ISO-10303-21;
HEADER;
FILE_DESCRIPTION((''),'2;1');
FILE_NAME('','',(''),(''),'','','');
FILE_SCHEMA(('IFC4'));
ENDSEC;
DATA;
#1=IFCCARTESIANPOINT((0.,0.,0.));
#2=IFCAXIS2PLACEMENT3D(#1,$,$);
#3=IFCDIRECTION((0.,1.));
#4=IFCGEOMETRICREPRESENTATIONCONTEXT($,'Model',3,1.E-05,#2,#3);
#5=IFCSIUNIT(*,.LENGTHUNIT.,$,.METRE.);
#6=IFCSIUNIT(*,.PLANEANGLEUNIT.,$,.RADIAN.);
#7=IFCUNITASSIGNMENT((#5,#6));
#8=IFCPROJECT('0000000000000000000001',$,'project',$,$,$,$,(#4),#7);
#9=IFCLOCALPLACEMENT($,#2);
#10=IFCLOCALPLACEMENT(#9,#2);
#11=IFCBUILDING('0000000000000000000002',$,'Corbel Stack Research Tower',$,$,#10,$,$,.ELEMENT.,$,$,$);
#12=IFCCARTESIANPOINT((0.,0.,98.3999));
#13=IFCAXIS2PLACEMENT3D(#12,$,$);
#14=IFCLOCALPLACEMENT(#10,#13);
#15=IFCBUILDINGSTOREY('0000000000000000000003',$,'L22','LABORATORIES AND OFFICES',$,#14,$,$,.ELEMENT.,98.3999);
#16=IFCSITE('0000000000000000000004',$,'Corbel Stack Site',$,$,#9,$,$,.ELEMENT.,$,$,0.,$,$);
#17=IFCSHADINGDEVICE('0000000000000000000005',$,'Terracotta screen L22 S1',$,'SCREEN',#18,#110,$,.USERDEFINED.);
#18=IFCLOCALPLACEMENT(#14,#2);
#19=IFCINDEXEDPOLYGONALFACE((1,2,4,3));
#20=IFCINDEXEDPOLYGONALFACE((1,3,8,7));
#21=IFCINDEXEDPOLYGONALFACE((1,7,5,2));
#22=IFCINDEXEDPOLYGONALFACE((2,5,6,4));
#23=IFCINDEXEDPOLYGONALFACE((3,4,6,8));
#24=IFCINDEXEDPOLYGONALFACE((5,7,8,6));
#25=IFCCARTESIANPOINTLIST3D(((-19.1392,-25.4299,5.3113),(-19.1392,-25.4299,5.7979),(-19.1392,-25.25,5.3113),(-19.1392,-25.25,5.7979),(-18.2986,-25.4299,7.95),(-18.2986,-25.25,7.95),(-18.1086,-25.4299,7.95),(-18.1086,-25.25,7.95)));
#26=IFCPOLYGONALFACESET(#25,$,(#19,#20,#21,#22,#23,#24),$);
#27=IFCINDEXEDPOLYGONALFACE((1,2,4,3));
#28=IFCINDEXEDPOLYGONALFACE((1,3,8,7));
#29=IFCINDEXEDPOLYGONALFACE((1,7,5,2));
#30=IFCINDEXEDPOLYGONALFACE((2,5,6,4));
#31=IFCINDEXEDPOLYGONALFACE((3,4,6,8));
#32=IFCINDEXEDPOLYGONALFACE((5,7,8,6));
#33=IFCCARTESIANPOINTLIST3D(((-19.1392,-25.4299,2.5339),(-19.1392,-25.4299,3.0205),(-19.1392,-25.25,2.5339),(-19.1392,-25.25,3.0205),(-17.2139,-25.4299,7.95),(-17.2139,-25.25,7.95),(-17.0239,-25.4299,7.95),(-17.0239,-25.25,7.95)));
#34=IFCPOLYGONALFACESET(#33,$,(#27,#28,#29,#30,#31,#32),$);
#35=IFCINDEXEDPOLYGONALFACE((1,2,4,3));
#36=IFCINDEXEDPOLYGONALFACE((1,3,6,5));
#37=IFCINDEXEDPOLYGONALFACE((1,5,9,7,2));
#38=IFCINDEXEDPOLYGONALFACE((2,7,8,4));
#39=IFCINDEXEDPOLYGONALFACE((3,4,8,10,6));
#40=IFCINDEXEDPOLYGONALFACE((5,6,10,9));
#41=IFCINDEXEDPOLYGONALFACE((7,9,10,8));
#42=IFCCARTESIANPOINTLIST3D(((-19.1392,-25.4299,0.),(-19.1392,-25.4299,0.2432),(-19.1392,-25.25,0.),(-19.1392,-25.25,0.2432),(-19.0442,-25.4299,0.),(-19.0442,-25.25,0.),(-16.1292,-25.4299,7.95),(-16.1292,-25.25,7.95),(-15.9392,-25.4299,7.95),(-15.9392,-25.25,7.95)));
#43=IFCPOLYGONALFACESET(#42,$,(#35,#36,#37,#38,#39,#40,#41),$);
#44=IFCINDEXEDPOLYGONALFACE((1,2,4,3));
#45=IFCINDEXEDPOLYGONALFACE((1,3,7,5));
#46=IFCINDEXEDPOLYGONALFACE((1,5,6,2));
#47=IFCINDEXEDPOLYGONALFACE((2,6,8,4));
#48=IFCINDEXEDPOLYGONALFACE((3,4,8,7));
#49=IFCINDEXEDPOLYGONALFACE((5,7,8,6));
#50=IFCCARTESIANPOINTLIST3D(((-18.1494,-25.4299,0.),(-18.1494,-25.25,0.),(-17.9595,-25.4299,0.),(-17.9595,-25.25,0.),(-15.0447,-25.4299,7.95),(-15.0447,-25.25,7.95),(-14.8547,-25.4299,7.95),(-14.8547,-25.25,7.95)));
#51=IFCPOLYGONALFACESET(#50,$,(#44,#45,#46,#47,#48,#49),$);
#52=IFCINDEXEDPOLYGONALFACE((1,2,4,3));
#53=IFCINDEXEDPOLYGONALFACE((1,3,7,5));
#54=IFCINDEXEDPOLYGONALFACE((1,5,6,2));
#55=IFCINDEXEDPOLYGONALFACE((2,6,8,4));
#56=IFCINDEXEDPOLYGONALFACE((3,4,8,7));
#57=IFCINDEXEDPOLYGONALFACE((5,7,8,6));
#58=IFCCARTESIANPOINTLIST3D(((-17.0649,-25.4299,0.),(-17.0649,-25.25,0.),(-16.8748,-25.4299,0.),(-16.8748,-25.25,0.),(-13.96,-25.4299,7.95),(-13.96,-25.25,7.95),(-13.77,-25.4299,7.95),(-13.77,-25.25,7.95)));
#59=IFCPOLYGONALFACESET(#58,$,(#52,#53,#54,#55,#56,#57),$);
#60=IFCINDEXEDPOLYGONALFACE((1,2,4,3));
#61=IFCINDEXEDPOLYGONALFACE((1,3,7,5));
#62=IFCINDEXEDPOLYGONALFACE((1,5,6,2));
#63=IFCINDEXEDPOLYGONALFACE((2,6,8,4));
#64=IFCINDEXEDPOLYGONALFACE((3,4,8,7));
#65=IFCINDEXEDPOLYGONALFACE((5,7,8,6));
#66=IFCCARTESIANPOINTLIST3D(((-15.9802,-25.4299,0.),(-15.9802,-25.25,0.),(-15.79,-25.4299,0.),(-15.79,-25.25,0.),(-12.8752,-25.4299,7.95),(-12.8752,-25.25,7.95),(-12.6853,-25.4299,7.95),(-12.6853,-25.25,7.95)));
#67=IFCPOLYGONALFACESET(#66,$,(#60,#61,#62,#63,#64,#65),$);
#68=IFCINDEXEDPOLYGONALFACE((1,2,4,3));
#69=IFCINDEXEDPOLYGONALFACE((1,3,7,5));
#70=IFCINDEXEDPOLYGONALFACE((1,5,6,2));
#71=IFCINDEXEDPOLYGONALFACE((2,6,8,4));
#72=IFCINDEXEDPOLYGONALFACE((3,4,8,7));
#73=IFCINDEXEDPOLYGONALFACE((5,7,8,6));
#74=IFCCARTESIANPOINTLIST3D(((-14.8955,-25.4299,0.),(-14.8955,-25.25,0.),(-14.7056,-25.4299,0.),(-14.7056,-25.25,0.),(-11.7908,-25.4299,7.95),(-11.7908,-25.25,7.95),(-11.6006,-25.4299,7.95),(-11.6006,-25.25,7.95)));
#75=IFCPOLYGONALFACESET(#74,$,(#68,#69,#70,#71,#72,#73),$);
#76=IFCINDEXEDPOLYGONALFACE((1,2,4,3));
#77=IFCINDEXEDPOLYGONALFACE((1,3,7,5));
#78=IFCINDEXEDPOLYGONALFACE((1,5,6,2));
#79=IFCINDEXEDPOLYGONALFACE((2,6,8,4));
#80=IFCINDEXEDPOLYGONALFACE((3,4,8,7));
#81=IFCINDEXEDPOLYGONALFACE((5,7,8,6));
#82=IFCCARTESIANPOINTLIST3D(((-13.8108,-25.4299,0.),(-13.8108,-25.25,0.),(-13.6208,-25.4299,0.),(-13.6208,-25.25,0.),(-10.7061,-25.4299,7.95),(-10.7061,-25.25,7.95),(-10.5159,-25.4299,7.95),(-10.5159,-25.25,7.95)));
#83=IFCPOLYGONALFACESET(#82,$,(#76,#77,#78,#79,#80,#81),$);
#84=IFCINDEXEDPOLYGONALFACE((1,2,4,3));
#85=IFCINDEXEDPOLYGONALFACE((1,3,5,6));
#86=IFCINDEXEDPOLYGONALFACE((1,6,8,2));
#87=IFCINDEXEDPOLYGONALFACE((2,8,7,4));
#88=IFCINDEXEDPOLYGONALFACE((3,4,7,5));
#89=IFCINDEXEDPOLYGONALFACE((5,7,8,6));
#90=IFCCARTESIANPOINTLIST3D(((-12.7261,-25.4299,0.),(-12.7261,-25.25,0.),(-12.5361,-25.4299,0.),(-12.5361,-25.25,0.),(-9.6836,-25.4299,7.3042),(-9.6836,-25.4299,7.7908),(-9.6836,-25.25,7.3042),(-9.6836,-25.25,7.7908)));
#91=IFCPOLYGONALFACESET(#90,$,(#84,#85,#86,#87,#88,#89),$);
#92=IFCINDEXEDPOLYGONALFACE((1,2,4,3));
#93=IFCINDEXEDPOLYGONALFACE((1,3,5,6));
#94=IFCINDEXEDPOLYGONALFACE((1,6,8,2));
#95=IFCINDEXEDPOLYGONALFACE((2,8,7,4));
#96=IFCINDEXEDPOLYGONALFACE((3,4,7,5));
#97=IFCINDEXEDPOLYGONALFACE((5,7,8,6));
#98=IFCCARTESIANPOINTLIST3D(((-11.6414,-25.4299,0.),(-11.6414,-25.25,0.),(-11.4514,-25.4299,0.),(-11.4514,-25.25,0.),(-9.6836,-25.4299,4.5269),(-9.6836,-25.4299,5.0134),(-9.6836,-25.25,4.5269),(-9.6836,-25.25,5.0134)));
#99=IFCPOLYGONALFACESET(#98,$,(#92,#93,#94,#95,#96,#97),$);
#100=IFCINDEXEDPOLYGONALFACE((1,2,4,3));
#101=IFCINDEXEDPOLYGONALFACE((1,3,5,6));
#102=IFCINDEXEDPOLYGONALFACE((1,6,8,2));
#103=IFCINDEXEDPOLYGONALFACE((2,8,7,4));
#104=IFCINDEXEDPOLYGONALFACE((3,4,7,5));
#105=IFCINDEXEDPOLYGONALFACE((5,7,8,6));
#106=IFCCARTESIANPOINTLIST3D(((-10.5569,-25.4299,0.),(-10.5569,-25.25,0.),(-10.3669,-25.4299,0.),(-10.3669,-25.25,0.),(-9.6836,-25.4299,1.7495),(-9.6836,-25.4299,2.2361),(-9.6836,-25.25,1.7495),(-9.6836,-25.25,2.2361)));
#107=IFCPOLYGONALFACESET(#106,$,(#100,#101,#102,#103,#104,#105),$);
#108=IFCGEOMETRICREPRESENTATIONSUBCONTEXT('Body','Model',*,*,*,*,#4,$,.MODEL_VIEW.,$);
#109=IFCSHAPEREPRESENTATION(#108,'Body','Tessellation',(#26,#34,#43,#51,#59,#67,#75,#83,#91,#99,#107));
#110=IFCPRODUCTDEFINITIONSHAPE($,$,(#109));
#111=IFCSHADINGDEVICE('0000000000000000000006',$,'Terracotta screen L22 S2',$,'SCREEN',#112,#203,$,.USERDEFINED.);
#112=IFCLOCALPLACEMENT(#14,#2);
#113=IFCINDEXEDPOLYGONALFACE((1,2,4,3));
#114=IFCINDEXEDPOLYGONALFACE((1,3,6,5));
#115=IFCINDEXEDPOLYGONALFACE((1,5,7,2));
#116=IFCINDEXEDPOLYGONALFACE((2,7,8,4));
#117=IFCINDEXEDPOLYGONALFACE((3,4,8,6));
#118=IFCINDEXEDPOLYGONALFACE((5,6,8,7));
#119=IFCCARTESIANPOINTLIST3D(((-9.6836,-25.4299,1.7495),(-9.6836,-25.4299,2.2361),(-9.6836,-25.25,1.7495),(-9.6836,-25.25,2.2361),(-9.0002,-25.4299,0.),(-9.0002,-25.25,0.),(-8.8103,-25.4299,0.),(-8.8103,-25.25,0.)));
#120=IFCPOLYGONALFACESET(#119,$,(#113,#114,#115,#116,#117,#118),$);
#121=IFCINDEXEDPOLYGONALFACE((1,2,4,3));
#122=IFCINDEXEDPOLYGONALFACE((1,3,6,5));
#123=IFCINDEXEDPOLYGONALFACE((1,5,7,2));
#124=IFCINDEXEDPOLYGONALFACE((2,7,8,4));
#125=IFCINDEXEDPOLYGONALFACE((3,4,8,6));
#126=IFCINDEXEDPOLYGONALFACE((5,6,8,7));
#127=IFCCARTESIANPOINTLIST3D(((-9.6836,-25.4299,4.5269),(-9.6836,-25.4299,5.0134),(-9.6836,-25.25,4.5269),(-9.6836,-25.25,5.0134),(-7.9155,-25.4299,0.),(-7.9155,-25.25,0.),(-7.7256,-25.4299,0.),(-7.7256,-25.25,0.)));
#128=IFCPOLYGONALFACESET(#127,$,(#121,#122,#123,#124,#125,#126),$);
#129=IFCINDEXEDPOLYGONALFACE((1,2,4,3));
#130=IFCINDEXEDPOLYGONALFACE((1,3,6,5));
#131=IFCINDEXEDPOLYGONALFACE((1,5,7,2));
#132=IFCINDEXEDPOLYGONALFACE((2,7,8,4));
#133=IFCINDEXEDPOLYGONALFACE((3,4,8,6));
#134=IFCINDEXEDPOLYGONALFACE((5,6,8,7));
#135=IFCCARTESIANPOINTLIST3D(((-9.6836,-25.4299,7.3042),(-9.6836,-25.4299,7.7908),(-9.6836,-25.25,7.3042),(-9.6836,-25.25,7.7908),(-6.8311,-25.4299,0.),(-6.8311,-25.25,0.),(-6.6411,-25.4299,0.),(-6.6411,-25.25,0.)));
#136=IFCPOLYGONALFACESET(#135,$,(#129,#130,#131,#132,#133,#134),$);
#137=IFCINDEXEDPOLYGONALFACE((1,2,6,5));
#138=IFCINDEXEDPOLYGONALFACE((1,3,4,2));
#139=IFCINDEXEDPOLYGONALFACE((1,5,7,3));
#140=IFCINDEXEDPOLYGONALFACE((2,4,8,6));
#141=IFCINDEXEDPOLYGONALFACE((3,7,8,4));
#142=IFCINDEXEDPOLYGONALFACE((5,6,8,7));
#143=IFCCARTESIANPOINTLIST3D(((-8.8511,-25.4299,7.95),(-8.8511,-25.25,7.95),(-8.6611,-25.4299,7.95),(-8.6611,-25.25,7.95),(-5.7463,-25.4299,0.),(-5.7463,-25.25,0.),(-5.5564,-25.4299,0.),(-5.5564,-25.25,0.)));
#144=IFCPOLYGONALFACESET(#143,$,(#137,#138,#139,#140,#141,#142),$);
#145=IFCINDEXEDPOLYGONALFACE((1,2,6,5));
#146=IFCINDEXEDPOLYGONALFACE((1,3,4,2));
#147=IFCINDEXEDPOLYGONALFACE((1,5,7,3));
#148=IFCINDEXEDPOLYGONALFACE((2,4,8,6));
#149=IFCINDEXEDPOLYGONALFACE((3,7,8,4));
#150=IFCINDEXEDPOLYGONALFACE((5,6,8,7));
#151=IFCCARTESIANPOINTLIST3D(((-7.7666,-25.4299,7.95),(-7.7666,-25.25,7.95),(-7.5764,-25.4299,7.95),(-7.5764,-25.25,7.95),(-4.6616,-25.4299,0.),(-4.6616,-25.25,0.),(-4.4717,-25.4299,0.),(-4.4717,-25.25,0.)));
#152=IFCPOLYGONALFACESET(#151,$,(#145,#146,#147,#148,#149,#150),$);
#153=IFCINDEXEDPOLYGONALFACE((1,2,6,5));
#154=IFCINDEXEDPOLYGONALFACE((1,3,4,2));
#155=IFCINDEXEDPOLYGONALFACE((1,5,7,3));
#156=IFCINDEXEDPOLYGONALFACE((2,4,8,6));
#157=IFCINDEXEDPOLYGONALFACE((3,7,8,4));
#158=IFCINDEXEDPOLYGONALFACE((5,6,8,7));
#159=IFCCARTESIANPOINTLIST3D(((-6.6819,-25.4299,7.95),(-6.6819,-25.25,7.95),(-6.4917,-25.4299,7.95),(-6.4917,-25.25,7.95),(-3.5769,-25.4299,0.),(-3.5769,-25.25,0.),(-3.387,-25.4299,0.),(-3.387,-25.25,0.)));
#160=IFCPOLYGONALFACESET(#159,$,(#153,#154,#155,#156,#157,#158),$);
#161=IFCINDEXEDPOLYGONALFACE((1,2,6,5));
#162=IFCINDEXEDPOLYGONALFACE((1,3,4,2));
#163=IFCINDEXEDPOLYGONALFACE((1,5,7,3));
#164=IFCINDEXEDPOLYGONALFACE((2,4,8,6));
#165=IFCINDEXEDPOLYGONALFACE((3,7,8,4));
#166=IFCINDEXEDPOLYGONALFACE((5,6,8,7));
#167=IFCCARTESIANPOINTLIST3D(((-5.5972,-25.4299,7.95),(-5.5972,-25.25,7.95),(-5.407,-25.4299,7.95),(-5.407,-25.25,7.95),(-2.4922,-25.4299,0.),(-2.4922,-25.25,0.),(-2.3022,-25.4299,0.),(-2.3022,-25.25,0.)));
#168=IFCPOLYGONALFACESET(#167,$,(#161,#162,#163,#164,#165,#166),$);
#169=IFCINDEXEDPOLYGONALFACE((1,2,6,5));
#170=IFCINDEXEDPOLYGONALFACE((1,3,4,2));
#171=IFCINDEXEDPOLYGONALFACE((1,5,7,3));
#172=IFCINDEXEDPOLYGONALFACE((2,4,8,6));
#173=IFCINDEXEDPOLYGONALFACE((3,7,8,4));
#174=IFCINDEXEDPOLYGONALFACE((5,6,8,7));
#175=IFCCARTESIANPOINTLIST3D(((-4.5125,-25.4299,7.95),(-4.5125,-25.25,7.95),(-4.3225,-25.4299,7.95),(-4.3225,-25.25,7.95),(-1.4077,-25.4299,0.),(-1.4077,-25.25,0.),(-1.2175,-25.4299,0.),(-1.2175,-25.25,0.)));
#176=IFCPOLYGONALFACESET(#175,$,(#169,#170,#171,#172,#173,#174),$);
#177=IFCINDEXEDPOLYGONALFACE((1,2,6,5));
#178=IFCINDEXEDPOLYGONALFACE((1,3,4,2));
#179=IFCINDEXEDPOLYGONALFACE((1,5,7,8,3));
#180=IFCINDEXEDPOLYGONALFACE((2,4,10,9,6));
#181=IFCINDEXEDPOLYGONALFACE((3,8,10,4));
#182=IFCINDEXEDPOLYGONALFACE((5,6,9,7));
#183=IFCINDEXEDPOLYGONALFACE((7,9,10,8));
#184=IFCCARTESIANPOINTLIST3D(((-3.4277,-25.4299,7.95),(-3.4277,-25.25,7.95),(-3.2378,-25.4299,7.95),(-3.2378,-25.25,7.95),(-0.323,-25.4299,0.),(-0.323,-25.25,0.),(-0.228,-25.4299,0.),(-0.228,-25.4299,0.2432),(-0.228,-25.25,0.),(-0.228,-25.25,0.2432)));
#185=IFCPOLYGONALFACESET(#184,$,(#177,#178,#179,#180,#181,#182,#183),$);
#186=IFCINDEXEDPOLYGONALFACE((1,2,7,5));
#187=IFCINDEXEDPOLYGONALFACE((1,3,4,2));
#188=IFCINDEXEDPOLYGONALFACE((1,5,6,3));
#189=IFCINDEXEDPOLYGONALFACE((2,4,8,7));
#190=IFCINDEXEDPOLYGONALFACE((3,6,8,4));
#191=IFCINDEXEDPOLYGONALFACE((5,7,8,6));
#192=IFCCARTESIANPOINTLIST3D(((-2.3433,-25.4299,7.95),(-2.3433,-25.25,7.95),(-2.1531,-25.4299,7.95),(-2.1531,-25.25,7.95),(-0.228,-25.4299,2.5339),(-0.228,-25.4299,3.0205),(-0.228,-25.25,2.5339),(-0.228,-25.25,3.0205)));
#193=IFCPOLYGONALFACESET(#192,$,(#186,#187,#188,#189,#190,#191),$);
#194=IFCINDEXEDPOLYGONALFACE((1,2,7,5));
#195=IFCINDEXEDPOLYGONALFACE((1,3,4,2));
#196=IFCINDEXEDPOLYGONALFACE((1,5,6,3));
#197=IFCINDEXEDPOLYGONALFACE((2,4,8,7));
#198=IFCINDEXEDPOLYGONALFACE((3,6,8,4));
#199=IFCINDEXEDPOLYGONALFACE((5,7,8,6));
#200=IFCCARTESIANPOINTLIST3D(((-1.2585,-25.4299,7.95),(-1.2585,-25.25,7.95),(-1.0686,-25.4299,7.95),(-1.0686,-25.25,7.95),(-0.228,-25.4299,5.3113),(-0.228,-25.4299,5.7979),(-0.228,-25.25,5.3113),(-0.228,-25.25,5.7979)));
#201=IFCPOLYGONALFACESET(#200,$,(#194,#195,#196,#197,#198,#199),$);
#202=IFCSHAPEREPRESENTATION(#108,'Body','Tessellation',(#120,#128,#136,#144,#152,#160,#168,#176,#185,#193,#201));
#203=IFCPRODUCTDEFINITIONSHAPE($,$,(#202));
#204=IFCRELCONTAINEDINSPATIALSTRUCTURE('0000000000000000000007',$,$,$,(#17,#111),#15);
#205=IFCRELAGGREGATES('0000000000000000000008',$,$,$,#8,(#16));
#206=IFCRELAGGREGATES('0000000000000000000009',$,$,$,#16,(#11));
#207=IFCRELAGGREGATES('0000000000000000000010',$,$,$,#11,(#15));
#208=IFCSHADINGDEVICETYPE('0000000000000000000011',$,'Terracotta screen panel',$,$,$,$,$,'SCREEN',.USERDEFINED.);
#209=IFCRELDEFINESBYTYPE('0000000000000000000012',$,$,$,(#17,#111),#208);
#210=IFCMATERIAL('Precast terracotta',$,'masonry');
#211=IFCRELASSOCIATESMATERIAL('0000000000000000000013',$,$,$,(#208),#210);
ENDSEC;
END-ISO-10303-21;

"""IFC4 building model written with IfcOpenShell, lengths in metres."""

from ifc_helpers import new_model, si_unit, direction, frame, origin, place, context, subcontext, project, spatial, polyline, outline, extrude, source, transform, mapped, material, type_object, element, save


model = new_model("IFC4")

# Units and contexts
model_context = context("Model", 3, precision=1e-05, world=origin(), true_north=direction((0.0, 1.0)))
body_context = subcontext(model_context, "Body", "Model", "MODEL_VIEW")
ifc_project = project(units=[si_unit("LENGTHUNIT", "METRE"), si_unit("PLANEANGLEUNIT", "RADIAN")], contexts=[model_context])

# Site, building, storey
site_placement = place(None, origin())
site = spatial("IfcSite", under=ifc_project, at=site_placement, Name="Corbel Stack Site", CompositionType="ELEMENT", RefElevation=0.0)
building_placement = place(site_placement, origin())
building = spatial("IfcBuilding", under=site, at=building_placement, Name="Corbel Stack Research Tower", CompositionType="ELEMENT")
storey_placement = place(building_placement, frame((0.0, 0.0, 98.3999)))
storey = spatial("IfcBuildingStorey", under=building, at=storey_placement, Name="L22", Description="LABORATORIES AND OFFICES", CompositionType="ELEMENT", Elevation=98.3999)

# Shading devices
ifc_material_1 = material(Name="Precast terracotta", Category="masonry")
shading_device_type = type_object("IfcShadingDeviceType", Name="Terracotta screen panel", ElementType="SCREEN", PredefinedType="USERDEFINED", material=ifc_material_1)
shared_shape_1 = source(origin(), body_context, "Body", "SweptSolid", [
    extrude(outline(polyline([(1.0305, 7.95), (0.8406, 7.95), (0.0, 5.7979), (0.0, 5.3113), (1.0305, 7.95)])), frame((0.0, 0.0, 0.0), z_axis=(0.0, -1.0, 0.0), x_axis=(1.0, 0.0, 0.0)), (0.0, 0.0, 1.0), 0.1799),
    extrude(outline(polyline([(2.1152, 7.95), (1.9253, 7.95), (0.0, 3.0205), (0.0, 2.5339), (2.1152, 7.95)])), frame((0.0, 0.0, 0.0), z_axis=(0.0, -1.0, 0.0), x_axis=(1.0, 0.0, 0.0)), (0.0, 0.0, 1.0), 0.1799),
    extrude(outline(polyline([(0.095, 0.0), (3.2, 7.95), (3.01, 7.95), (0.0, 0.2432), (0.0, 0.0), (0.095, 0.0)])), frame((0.0, 0.0, 0.0), z_axis=(0.0, -1.0, 0.0), x_axis=(1.0, 0.0, 0.0)), (0.0, 0.0, 1.0), 0.1799),
    extrude(outline(polyline([(1.1797, 0.0), (4.2844, 7.95), (4.0945, 7.95), (0.9897, 0.0), (1.1797, 0.0)])), frame((0.0, 0.0, 0.0), z_axis=(0.0, -1.0, 0.0), x_axis=(1.0, 0.0, 0.0)), (0.0, 0.0, 1.0), 0.1799),
    extrude(outline(polyline([(2.2644, 0.0), (5.3691, 7.95), (5.1792, 7.95), (2.0742, 0.0), (2.2644, 0.0)])), frame((0.0, 0.0, 0.0), z_axis=(0.0, -1.0, 0.0), x_axis=(1.0, 0.0, 0.0)), (0.0, 0.0, 1.0), 0.1799),
    extrude(outline(polyline([(3.3491, 0.0), (6.4539, 7.95), (6.2639, 7.95), (3.1589, 0.0), (3.3491, 0.0)])), frame((0.0, 0.0, 0.0), z_axis=(0.0, -1.0, 0.0), x_axis=(1.0, 0.0, 0.0)), (0.0, 0.0, 1.0), 0.1799),
    extrude(outline(polyline([(4.4336, 0.0), (7.5386, 7.95), (7.3484, 7.95), (4.2437, 0.0), (4.4336, 0.0)])), frame((0.0, 0.0, 0.0), z_axis=(0.0, -1.0, 0.0), x_axis=(1.0, 0.0, 0.0)), (0.0, 0.0, 1.0), 0.1799),
    extrude(outline(polyline([(5.5183, 0.0), (8.6233, 7.95), (8.4331, 7.95), (5.3284, 0.0), (5.5183, 0.0)])), frame((0.0, 0.0, 0.0), z_axis=(0.0, -1.0, 0.0), x_axis=(1.0, 0.0, 0.0)), (0.0, 0.0, 1.0), 0.1799),
    extrude(outline(polyline([(6.603, 0.0), (9.4556, 7.3042), (9.4556, 7.7908), (6.4131, 0.0), (6.603, 0.0)])), frame((0.0, 0.0, 0.0), z_axis=(0.0, -1.0, 0.0), x_axis=(1.0, 0.0, 0.0)), (0.0, 0.0, 1.0), 0.1799),
    extrude(outline(polyline([(7.6877, 0.0), (9.4556, 4.5269), (9.4556, 5.0134), (7.4978, 0.0), (7.6877, 0.0)])), frame((0.0, 0.0, 0.0), z_axis=(0.0, -1.0, 0.0), x_axis=(1.0, 0.0, 0.0)), (0.0, 0.0, 1.0), 0.1799),
    extrude(outline(polyline([(8.7722, 0.0), (9.4556, 1.7495), (9.4556, 2.2361), (8.5823, 0.0), (8.7722, 0.0)])), frame((0.0, 0.0, 0.0), z_axis=(0.0, -1.0, 0.0), x_axis=(1.0, 0.0, 0.0)), (0.0, 0.0, 1.0), 0.1799),
])
shading_device_1_placement = place(storey_placement, frame((-19.1392, -25.25, 0.0), z_axis=(0.0, 0.0, 1.0), x_axis=(1.0, 0.0, 0.0)))
element("IfcShadingDevice", 1, at=shading_device_1_placement, inside=storey, type_object=shading_device_type, Name="Terracotta screen L22 S1", ObjectType="SCREEN", PredefinedType="USERDEFINED", context=body_context, shape_type="MappedRepresentation", body=[
    mapped(shared_shape_1, transform((0.0, 0.0, 0.0))),
])
shared_shape_2 = source(origin(), body_context, "Body", "SweptSolid", [
    extrude(outline(polyline([(0.8733, 0.0), (0.0, 2.2361), (0.0, 1.7495), (0.6833, 0.0), (0.8733, 0.0)])), frame((0.0, 0.0, 0.0), z_axis=(0.0, -1.0, 0.0), x_axis=(1.0, 0.0, 0.0)), (0.0, 0.0, 1.0), 0.1799),
    extrude(outline(polyline([(1.958, 0.0), (0.0, 5.0134), (0.0, 4.5269), (1.7681, 0.0), (1.958, 0.0)])), frame((0.0, 0.0, 0.0), z_axis=(0.0, -1.0, 0.0), x_axis=(1.0, 0.0, 0.0)), (0.0, 0.0, 1.0), 0.1799),
    extrude(outline(polyline([(3.0425, 0.0), (0.0, 7.7908), (0.0, 7.3042), (2.8525, 0.0), (3.0425, 0.0)])), frame((0.0, 0.0, 0.0), z_axis=(0.0, -1.0, 0.0), x_axis=(1.0, 0.0, 0.0)), (0.0, 0.0, 1.0), 0.1799),
    extrude(outline(polyline([(4.1272, 0.0), (1.0225, 7.95), (0.8325, 7.95), (3.9373, 0.0), (4.1272, 0.0)])), frame((0.0, 0.0, 0.0), z_axis=(0.0, -1.0, 0.0), x_axis=(1.0, 0.0, 0.0)), (0.0, 0.0, 1.0), 0.1799),
    extrude(outline(polyline([(5.2119, 0.0), (2.1072, 7.95), (1.917, 7.95), (5.022, 0.0), (5.2119, 0.0)])), frame((0.0, 0.0, 0.0), z_axis=(0.0, -1.0, 0.0), x_axis=(1.0, 0.0, 0.0)), (0.0, 0.0, 1.0), 0.1799),
    extrude(outline(polyline([(6.2966, 0.0), (3.1919, 7.95), (3.0017, 7.95), (6.1067, 0.0), (6.2966, 0.0)])), frame((0.0, 0.0, 0.0), z_axis=(0.0, -1.0, 0.0), x_axis=(1.0, 0.0, 0.0)), (0.0, 0.0, 1.0), 0.1799),
    extrude(outline(polyline([(7.3813, 0.0), (4.2766, 7.95), (4.0864, 7.95), (7.1914, 0.0), (7.3813, 0.0)])), frame((0.0, 0.0, 0.0), z_axis=(0.0, -1.0, 0.0), x_axis=(1.0, 0.0, 0.0)), (0.0, 0.0, 1.0), 0.1799),
    extrude(outline(polyline([(8.4661, 0.0), (5.3611, 7.95), (5.1711, 7.95), (8.2759, 0.0), (8.4661, 0.0)])), frame((0.0, 0.0, 0.0), z_axis=(0.0, -1.0, 0.0), x_axis=(1.0, 0.0, 0.0)), (0.0, 0.0, 1.0), 0.1799),
    extrude(outline(polyline([(9.4556, 0.0), (9.4556, 0.2432), (6.4458, 7.95), (6.2559, 7.95), (9.3606, 0.0), (9.4556, 0.0)])), frame((0.0, 0.0, 0.0), z_axis=(0.0, -1.0, 0.0), x_axis=(1.0, 0.0, 0.0)), (0.0, 0.0, 1.0), 0.1799),
    extrude(outline(polyline([(7.5305, 7.95), (7.3403, 7.95), (9.4556, 2.5339), (9.4556, 3.0205), (7.5305, 7.95)])), frame((0.0, 0.0, 0.0), z_axis=(0.0, -1.0, 0.0), x_axis=(1.0, 0.0, 0.0)), (0.0, 0.0, 1.0), 0.1799),
    extrude(outline(polyline([(8.615, 7.95), (8.425, 7.95), (9.4556, 5.3113), (9.4556, 5.7979), (8.615, 7.95)])), frame((0.0, 0.0, 0.0), z_axis=(0.0, -1.0, 0.0), x_axis=(1.0, 0.0, 0.0)), (0.0, 0.0, 1.0), 0.1799),
])
shading_device_2_placement = place(storey_placement, frame((-9.6836, -25.25, 0.0), z_axis=(0.0, 0.0, 1.0), x_axis=(1.0, 0.0, 0.0)))
element("IfcShadingDevice", 2, at=shading_device_2_placement, inside=storey, type_object=shading_device_type, Name="Terracotta screen L22 S2", ObjectType="SCREEN", PredefinedType="USERDEFINED", context=body_context, shape_type="MappedRepresentation", body=[
    mapped(shared_shape_2, transform((0.0, 0.0, 0.0))),
])

save(model, "model.ifc")
